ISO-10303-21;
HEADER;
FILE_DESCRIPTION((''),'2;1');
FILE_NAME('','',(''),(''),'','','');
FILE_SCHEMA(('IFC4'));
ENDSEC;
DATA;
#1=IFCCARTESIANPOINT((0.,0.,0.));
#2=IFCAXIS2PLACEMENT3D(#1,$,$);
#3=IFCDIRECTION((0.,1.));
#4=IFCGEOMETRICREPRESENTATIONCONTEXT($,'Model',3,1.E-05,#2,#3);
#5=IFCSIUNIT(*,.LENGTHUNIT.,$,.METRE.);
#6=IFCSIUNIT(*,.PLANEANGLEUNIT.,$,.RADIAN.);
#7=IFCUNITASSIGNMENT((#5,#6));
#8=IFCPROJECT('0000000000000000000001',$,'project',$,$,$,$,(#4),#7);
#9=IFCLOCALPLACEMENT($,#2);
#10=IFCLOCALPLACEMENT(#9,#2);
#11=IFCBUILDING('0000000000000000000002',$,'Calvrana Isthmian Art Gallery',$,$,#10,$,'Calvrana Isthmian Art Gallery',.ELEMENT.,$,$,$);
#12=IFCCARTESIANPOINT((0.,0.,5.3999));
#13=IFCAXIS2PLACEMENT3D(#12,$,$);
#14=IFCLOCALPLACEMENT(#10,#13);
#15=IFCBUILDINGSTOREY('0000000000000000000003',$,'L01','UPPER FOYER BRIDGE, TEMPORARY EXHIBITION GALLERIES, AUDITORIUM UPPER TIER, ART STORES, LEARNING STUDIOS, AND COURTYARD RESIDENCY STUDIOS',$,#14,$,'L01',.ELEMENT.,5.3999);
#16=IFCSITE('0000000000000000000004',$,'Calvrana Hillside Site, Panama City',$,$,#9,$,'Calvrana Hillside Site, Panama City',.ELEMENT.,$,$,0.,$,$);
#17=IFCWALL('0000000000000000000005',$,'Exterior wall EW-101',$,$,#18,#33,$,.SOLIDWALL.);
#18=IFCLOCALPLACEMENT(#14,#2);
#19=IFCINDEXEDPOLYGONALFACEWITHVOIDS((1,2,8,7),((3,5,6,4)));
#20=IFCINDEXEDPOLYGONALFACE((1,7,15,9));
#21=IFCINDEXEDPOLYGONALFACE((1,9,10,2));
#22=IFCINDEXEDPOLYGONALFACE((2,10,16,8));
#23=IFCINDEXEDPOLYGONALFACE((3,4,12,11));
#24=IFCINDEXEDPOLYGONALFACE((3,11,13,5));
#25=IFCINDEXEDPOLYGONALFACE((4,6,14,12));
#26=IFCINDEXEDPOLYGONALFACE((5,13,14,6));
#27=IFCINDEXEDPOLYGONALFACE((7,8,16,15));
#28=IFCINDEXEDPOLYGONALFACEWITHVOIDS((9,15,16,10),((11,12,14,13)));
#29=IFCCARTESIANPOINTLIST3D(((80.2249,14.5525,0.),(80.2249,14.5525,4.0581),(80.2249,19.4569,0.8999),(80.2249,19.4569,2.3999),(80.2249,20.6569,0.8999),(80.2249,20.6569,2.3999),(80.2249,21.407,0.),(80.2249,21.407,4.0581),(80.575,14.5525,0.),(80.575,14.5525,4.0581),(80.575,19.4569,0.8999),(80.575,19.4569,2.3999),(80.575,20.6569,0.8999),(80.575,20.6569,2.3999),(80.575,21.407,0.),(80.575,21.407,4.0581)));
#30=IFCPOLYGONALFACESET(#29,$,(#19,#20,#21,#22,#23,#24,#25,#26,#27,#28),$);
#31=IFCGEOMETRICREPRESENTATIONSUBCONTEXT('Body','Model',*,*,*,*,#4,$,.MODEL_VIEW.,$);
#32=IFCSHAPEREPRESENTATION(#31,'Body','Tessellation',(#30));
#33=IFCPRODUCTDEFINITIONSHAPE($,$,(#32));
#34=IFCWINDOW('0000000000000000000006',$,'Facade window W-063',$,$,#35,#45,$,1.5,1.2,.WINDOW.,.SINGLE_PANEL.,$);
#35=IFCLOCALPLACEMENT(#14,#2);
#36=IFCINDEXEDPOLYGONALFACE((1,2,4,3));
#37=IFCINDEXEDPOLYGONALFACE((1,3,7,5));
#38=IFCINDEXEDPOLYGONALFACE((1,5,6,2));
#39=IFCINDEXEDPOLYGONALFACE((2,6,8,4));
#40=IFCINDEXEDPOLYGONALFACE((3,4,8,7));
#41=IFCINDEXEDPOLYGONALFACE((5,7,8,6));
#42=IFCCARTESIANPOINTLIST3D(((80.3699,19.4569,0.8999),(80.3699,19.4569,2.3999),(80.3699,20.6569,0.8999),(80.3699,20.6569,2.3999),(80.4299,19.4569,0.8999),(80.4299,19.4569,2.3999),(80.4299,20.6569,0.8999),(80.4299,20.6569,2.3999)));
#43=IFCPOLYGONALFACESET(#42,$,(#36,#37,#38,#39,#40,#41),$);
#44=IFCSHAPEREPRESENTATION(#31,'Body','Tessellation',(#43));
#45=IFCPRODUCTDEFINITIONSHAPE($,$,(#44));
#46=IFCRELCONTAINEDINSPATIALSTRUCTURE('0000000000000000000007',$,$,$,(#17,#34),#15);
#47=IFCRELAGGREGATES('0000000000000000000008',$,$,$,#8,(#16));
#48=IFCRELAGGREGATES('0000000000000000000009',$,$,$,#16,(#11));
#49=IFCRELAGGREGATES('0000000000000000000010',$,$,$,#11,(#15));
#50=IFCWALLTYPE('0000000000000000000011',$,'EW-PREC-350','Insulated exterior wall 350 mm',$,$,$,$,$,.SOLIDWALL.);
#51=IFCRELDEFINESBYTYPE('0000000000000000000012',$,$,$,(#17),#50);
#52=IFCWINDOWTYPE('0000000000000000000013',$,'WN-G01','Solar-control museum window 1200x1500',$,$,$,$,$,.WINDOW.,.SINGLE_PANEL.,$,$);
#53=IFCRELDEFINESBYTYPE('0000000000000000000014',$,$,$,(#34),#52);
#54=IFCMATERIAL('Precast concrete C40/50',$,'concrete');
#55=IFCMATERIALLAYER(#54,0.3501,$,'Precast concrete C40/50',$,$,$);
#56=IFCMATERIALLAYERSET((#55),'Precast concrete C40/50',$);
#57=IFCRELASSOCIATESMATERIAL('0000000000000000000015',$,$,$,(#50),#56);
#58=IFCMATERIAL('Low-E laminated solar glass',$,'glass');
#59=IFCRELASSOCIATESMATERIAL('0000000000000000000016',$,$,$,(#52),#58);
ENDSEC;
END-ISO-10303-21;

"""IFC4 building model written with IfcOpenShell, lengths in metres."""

from ifc_helpers import new_model, si_unit, direction, frame, frame_2d, origin, place, context, subcontext, project, spatial, rectangle, extrude, material, layer, layer_set, type_object, element, fill, save


model = new_model("IFC4")

# Units and contexts
model_context = context("Model", 3, precision=1e-05, world=origin(), true_north=direction((0.0, 1.0)))
body_context = subcontext(model_context, "Body", "Model", "MODEL_VIEW")
ifc_project = project(units=[si_unit("LENGTHUNIT", "METRE"), si_unit("PLANEANGLEUNIT", "RADIAN")], contexts=[model_context])

# Site, building, storey
site_placement = place(None, origin())
site = spatial("IfcSite", under=ifc_project, at=site_placement, Name="Calvrana Hillside Site, Panama City", LongName="Calvrana Hillside Site, Panama City", CompositionType="ELEMENT", RefElevation=0.0)
building_placement = place(site_placement, origin())
building = spatial("IfcBuilding", under=site, at=building_placement, Name="Calvrana Isthmian Art Gallery", LongName="Calvrana Isthmian Art Gallery", CompositionType="ELEMENT")
storey_placement = place(building_placement, frame((0.0, 0.0, 5.3999)))
storey = spatial("IfcBuildingStorey", under=building, at=storey_placement, Name="L01", Description="UPPER FOYER BRIDGE, TEMPORARY EXHIBITION GALLERIES, AUDITORIUM UPPER TIER, ART STORES, LEARNING STUDIOS, AND COURTYARD RESIDENCY STUDIOS", LongName="L01", CompositionType="ELEMENT", Elevation=5.3999)

# Shared definitions
ifc_material_1 = material(Name="Low-E laminated solar glass", Category="glass")

# Wall, opening, window
ifc_material_2 = material(Name="Precast concrete C40/50", Category="concrete")
ifc_layer_1 = layer(ifc_material_2, 0.3501, Name="Precast concrete C40/50")
ifc_layer_set_1 = layer_set([ifc_layer_1], Name="Precast concrete C40/50")
wall_type = type_object("IfcWallType", Name="EW-PREC-350", Description="Insulated exterior wall 350 mm", PredefinedType="SOLIDWALL", material=ifc_layer_set_1)
wall_placement = place(storey_placement, frame((80.3999, 21.407, 0.0), z_axis=(0.0, 0.0, 1.0), x_axis=(0.0, -1.0, 0.0)))
wall = element("IfcWall", 1, at=wall_placement, inside=storey, type_object=wall_type, Name="Exterior wall EW-101", PredefinedType="SOLIDWALL", context=body_context, shape_type="SweptSolid", body=[
    extrude(rectangle(XDim=6.8545, YDim=0.3501, at=frame_2d((3.4272, 0.0))), origin(), (0.0, 0.0, 1.0), 4.0581),
])
opening_placement = place(wall_placement, frame((0.75, 0.0, 0.8999)))
opening = element("IfcOpeningElement", 2, at=opening_placement, cuts=wall, PredefinedType="OPENING", context=body_context, shape_type="SweptSolid", body=[
    extrude(rectangle(XDim=1.2, YDim=1.5, at=frame_2d((0.6001, 0.75))), frame((0.0, 0.1853, 0.0), z_axis=(0.0, -1.0, 0.0), x_axis=(1.0, 0.0, 0.0)), (0.0, 0.0, 1.0), 0.3706),
])
window_type = type_object("IfcWindowType", Name="WN-G01", Description="Solar-control museum window 1200x1500", PartitioningType="SINGLE_PANEL", PredefinedType="WINDOW", material=ifc_material_1)
window_placement = place(opening_placement, origin())
window = element("IfcWindow", 3, at=window_placement, inside=storey, type_object=window_type, Name="Facade window W-063", OverallHeight=1.5, OverallWidth=1.2, PartitioningType="SINGLE_PANEL", PredefinedType="WINDOW", context=body_context, shape_type="SweptSolid", body=[
    extrude(rectangle(XDim=1.2, YDim=1.5, at=frame_2d((0.6001, 0.75))), frame((0.0, 0.03, 0.0), z_axis=(0.0, -1.0, 0.0), x_axis=(1.0, 0.0, 0.0)), (0.0, 0.0, 1.0), 0.0601),
])
fill(opening, window)

save(model, "model.ifc")
